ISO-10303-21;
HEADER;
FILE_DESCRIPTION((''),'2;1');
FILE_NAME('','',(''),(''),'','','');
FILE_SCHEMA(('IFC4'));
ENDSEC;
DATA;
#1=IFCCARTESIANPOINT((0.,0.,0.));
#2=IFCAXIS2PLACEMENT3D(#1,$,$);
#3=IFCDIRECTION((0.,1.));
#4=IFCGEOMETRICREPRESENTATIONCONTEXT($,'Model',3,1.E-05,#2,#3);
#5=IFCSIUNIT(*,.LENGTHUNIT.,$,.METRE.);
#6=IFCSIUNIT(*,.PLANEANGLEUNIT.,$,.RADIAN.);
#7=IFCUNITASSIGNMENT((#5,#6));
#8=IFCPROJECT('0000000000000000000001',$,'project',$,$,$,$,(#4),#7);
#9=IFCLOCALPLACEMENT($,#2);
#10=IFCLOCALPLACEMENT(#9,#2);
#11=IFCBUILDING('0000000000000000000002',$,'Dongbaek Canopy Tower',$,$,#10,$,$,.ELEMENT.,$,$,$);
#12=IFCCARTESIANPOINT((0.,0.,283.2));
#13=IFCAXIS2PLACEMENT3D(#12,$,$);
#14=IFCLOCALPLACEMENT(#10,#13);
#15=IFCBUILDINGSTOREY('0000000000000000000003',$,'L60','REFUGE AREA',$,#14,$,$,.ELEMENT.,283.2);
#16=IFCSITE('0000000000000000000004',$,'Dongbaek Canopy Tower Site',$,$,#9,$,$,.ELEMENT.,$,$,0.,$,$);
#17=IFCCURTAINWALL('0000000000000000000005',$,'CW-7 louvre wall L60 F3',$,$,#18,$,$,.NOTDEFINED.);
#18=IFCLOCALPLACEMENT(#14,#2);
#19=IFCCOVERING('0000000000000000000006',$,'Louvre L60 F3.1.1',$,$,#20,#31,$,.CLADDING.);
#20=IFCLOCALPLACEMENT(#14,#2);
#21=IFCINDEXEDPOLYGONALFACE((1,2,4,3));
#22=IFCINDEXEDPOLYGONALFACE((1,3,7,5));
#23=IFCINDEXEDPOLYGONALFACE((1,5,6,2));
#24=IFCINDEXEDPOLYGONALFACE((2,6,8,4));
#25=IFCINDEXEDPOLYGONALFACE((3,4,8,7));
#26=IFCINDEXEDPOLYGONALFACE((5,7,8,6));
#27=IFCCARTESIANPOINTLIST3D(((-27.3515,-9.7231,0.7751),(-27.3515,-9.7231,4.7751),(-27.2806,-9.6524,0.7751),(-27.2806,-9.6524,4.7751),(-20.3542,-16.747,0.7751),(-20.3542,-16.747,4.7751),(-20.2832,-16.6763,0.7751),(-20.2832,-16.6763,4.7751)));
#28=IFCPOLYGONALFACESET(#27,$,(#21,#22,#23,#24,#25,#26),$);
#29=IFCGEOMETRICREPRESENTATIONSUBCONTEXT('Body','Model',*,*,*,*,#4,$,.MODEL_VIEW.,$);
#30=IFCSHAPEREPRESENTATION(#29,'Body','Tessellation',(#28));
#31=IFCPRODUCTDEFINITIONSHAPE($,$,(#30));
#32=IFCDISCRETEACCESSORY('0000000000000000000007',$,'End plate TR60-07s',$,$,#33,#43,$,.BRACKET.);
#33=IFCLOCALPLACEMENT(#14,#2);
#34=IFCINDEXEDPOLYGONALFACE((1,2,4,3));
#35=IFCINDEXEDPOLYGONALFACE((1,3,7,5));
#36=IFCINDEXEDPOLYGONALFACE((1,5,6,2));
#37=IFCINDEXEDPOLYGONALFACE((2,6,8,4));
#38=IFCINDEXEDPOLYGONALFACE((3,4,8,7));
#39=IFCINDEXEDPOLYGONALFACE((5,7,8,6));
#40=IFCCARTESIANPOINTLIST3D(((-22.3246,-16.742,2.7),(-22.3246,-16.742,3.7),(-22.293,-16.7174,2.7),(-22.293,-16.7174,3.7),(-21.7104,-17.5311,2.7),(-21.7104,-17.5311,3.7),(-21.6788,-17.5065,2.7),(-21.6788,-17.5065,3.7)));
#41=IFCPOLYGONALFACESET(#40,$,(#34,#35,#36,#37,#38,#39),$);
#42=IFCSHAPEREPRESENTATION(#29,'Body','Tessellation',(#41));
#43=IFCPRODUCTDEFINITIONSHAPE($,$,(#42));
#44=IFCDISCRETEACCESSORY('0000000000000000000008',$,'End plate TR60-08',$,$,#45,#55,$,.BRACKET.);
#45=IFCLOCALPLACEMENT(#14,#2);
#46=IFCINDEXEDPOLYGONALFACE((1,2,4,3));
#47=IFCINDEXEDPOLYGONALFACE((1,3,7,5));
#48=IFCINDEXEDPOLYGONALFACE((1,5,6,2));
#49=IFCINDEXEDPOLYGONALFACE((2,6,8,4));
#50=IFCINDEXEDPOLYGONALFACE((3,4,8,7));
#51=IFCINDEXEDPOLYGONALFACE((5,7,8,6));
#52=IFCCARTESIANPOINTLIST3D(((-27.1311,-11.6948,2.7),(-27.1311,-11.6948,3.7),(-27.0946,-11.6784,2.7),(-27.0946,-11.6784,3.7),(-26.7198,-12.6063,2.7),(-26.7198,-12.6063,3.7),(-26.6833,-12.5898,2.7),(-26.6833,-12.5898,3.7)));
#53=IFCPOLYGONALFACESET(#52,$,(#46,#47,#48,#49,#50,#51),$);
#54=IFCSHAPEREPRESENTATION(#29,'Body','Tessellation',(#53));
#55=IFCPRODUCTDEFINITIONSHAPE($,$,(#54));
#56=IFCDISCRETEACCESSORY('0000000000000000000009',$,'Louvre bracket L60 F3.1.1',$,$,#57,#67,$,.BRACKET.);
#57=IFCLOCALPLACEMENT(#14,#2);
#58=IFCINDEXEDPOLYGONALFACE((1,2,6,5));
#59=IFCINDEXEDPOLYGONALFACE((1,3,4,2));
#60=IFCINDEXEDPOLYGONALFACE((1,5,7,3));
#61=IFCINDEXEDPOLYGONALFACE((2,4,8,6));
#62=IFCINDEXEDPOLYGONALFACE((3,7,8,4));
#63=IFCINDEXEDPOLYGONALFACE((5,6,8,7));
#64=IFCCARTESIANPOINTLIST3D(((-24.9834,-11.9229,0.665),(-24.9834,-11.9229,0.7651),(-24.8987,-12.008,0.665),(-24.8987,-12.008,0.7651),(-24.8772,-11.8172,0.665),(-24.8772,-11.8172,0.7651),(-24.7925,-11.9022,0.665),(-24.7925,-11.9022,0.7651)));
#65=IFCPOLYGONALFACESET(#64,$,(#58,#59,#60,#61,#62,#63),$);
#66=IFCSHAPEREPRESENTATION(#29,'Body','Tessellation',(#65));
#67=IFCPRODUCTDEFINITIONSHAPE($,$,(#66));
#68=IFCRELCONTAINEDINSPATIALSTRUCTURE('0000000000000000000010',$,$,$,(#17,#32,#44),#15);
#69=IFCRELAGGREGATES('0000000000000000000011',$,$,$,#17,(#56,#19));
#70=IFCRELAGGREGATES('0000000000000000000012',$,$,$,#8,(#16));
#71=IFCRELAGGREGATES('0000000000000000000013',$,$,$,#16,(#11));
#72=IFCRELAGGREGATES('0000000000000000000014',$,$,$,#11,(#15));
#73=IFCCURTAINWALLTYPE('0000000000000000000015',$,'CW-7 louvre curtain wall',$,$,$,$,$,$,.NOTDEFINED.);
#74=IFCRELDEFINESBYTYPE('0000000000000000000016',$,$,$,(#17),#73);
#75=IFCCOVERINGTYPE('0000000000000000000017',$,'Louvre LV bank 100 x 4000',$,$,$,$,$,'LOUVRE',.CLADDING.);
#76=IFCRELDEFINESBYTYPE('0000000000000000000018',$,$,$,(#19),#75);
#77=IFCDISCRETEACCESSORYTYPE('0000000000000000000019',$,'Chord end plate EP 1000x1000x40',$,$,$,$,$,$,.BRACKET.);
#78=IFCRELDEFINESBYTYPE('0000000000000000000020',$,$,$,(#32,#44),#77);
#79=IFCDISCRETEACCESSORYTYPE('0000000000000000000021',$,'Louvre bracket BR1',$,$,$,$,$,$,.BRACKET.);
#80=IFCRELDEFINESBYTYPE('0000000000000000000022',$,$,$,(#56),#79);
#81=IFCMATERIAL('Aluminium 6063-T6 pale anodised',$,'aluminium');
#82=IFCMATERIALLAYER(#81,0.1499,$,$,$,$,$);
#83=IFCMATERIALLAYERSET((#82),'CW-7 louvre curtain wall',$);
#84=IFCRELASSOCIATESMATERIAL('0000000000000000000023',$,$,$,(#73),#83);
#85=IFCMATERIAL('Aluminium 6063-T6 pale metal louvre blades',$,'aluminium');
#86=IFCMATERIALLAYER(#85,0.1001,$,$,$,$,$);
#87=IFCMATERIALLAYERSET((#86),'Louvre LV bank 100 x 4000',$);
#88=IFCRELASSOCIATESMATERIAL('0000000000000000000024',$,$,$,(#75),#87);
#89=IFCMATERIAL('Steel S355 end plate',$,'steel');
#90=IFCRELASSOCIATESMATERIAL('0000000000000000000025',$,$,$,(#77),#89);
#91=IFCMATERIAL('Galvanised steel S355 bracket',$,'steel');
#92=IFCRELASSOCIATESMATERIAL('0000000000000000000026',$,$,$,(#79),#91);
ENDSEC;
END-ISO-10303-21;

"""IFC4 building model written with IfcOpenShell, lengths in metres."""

from ifc_helpers import new_model, si_unit, direction, frame, origin, origin_2d, place, context, subcontext, project, spatial, rectangle, extrude, material, layer, layer_set, type_object, element, aggregate, save


model = new_model("IFC4")

# Units and contexts
model_context = context("Model", 3, precision=1e-05, world=origin(), true_north=direction((0.0, 1.0)))
body_context = subcontext(model_context, "Body", "Model", "MODEL_VIEW")
ifc_project = project(units=[si_unit("LENGTHUNIT", "METRE"), si_unit("PLANEANGLEUNIT", "RADIAN")], contexts=[model_context])

# Site, building, storey
site_placement = place(None, origin())
site = spatial("IfcSite", under=ifc_project, at=site_placement, Name="Dongbaek Canopy Tower Site", CompositionType="ELEMENT", RefElevation=0.0)
building_placement = place(site_placement, origin())
building = spatial("IfcBuilding", under=site, at=building_placement, Name="Dongbaek Canopy Tower", CompositionType="ELEMENT")
storey_placement = place(building_placement, frame((0.0, 0.0, 283.2)))
storey = spatial("IfcBuildingStorey", under=building, at=storey_placement, Name="L60", Description="REFUGE AREA", CompositionType="ELEMENT", Elevation=283.2)

# Shared definitions
ifc_material_1 = material(Name="Aluminium 6063-T6 pale anodised", Category="aluminium")
ifc_layer_1 = layer(ifc_material_1, 0.1499)
ifc_layer_set_1 = layer_set([ifc_layer_1], Name="CW-7 louvre curtain wall")
curtain_wall_type = type_object("IfcCurtainWallType", Name="CW-7 louvre curtain wall", PredefinedType="NOTDEFINED", material=ifc_layer_set_1)

# Curtain wall
curtain_wall_1_placement = place(storey_placement, origin())
curtain_wall_1 = element("IfcCurtainWall", 1, at=curtain_wall_1_placement, inside=storey, type_object=curtain_wall_type, Name="CW-7 louvre wall L60 F3", PredefinedType="NOTDEFINED")

# Covering
ifc_material_2 = material(Name="Aluminium 6063-T6 pale metal louvre blades", Category="aluminium")
ifc_layer_2 = layer(ifc_material_2, 0.1001)
ifc_layer_set_2 = layer_set([ifc_layer_2], Name="Louvre LV bank 100 x 4000")
covering_type = type_object("IfcCoveringType", Name="Louvre LV bank 100 x 4000", ElementType="LOUVRE", PredefinedType="CLADDING", material=ifc_layer_set_2)
covering_placement = place(storey_placement, frame((-23.8174, -13.1997, 0.7751), z_axis=(0.0, 0.0, 1.0), x_axis=(0.705768, -0.708443, 0.0)))
covering = element("IfcCovering", 2, at=covering_placement, type_object=covering_type, Name="Louvre L60 F3.1.1", PredefinedType="CLADDING", context=body_context, shape_type="SweptSolid", body=[
    extrude(rectangle(XDim=9.9146, YDim=0.1001, at=origin_2d()), origin(), (0.0, 0.0, 1.0), 4.0),
])

# Discrete accessories
ifc_material_3 = material(Name="Steel S355 end plate", Category="steel")
discrete_accessory_type_1 = type_object("IfcDiscreteAccessoryType", Name="Chord end plate EP 1000x1000x40", PredefinedType="BRACKET", material=ifc_material_3)
for number, where, z_axis, x_axis, name in (
    (3, (-22.0017, -17.1243, 2.7), (0.0, 0.0, 1.0), (0.789148, 0.614203, 0.0), "End plate TR60-07s"),
    (4, (-26.9072, -12.1423, 2.7), (0.0, 0.0, 1.0), (0.911489, 0.411323, 0.0), "End plate TR60-08"),
):
    element("IfcDiscreteAccessory", number, at=place(storey_placement, frame(where, z_axis=z_axis, x_axis=x_axis)), inside=storey, type_object=discrete_accessory_type_1, Name=name, PredefinedType="BRACKET", context=body_context, shape_type="SweptSolid", body=[
        extrude(rectangle(XDim=0.04, YDim=1.0, at=origin_2d()), origin(), (0.0, 0.0, 1.0), 1.0),
    ])

# Discrete accessory
ifc_material_4 = material(Name="Galvanised steel S355 bracket", Category="steel")
discrete_accessory_type_2 = type_object("IfcDiscreteAccessoryType", Name="Louvre bracket BR1", PredefinedType="BRACKET", material=ifc_material_4)
discrete_accessory_placement = place(storey_placement, frame((-24.8879, -11.9126, 0.665), z_axis=(0.0, 0.0, 1.0), x_axis=(0.705768, -0.708443, 0.0)))
discrete_accessory = element("IfcDiscreteAccessory", 5, at=discrete_accessory_placement, type_object=discrete_accessory_type_2, Name="Louvre bracket L60 F3.1.1", PredefinedType="BRACKET", context=body_context, shape_type="SweptSolid", body=[
    extrude(rectangle(XDim=0.1201, YDim=0.1499, at=origin_2d()), origin(), (0.0, 0.0, 1.0), 0.1001),
])
aggregate(curtain_wall_1, [discrete_accessory, covering])

save(model, "model.ifc")
